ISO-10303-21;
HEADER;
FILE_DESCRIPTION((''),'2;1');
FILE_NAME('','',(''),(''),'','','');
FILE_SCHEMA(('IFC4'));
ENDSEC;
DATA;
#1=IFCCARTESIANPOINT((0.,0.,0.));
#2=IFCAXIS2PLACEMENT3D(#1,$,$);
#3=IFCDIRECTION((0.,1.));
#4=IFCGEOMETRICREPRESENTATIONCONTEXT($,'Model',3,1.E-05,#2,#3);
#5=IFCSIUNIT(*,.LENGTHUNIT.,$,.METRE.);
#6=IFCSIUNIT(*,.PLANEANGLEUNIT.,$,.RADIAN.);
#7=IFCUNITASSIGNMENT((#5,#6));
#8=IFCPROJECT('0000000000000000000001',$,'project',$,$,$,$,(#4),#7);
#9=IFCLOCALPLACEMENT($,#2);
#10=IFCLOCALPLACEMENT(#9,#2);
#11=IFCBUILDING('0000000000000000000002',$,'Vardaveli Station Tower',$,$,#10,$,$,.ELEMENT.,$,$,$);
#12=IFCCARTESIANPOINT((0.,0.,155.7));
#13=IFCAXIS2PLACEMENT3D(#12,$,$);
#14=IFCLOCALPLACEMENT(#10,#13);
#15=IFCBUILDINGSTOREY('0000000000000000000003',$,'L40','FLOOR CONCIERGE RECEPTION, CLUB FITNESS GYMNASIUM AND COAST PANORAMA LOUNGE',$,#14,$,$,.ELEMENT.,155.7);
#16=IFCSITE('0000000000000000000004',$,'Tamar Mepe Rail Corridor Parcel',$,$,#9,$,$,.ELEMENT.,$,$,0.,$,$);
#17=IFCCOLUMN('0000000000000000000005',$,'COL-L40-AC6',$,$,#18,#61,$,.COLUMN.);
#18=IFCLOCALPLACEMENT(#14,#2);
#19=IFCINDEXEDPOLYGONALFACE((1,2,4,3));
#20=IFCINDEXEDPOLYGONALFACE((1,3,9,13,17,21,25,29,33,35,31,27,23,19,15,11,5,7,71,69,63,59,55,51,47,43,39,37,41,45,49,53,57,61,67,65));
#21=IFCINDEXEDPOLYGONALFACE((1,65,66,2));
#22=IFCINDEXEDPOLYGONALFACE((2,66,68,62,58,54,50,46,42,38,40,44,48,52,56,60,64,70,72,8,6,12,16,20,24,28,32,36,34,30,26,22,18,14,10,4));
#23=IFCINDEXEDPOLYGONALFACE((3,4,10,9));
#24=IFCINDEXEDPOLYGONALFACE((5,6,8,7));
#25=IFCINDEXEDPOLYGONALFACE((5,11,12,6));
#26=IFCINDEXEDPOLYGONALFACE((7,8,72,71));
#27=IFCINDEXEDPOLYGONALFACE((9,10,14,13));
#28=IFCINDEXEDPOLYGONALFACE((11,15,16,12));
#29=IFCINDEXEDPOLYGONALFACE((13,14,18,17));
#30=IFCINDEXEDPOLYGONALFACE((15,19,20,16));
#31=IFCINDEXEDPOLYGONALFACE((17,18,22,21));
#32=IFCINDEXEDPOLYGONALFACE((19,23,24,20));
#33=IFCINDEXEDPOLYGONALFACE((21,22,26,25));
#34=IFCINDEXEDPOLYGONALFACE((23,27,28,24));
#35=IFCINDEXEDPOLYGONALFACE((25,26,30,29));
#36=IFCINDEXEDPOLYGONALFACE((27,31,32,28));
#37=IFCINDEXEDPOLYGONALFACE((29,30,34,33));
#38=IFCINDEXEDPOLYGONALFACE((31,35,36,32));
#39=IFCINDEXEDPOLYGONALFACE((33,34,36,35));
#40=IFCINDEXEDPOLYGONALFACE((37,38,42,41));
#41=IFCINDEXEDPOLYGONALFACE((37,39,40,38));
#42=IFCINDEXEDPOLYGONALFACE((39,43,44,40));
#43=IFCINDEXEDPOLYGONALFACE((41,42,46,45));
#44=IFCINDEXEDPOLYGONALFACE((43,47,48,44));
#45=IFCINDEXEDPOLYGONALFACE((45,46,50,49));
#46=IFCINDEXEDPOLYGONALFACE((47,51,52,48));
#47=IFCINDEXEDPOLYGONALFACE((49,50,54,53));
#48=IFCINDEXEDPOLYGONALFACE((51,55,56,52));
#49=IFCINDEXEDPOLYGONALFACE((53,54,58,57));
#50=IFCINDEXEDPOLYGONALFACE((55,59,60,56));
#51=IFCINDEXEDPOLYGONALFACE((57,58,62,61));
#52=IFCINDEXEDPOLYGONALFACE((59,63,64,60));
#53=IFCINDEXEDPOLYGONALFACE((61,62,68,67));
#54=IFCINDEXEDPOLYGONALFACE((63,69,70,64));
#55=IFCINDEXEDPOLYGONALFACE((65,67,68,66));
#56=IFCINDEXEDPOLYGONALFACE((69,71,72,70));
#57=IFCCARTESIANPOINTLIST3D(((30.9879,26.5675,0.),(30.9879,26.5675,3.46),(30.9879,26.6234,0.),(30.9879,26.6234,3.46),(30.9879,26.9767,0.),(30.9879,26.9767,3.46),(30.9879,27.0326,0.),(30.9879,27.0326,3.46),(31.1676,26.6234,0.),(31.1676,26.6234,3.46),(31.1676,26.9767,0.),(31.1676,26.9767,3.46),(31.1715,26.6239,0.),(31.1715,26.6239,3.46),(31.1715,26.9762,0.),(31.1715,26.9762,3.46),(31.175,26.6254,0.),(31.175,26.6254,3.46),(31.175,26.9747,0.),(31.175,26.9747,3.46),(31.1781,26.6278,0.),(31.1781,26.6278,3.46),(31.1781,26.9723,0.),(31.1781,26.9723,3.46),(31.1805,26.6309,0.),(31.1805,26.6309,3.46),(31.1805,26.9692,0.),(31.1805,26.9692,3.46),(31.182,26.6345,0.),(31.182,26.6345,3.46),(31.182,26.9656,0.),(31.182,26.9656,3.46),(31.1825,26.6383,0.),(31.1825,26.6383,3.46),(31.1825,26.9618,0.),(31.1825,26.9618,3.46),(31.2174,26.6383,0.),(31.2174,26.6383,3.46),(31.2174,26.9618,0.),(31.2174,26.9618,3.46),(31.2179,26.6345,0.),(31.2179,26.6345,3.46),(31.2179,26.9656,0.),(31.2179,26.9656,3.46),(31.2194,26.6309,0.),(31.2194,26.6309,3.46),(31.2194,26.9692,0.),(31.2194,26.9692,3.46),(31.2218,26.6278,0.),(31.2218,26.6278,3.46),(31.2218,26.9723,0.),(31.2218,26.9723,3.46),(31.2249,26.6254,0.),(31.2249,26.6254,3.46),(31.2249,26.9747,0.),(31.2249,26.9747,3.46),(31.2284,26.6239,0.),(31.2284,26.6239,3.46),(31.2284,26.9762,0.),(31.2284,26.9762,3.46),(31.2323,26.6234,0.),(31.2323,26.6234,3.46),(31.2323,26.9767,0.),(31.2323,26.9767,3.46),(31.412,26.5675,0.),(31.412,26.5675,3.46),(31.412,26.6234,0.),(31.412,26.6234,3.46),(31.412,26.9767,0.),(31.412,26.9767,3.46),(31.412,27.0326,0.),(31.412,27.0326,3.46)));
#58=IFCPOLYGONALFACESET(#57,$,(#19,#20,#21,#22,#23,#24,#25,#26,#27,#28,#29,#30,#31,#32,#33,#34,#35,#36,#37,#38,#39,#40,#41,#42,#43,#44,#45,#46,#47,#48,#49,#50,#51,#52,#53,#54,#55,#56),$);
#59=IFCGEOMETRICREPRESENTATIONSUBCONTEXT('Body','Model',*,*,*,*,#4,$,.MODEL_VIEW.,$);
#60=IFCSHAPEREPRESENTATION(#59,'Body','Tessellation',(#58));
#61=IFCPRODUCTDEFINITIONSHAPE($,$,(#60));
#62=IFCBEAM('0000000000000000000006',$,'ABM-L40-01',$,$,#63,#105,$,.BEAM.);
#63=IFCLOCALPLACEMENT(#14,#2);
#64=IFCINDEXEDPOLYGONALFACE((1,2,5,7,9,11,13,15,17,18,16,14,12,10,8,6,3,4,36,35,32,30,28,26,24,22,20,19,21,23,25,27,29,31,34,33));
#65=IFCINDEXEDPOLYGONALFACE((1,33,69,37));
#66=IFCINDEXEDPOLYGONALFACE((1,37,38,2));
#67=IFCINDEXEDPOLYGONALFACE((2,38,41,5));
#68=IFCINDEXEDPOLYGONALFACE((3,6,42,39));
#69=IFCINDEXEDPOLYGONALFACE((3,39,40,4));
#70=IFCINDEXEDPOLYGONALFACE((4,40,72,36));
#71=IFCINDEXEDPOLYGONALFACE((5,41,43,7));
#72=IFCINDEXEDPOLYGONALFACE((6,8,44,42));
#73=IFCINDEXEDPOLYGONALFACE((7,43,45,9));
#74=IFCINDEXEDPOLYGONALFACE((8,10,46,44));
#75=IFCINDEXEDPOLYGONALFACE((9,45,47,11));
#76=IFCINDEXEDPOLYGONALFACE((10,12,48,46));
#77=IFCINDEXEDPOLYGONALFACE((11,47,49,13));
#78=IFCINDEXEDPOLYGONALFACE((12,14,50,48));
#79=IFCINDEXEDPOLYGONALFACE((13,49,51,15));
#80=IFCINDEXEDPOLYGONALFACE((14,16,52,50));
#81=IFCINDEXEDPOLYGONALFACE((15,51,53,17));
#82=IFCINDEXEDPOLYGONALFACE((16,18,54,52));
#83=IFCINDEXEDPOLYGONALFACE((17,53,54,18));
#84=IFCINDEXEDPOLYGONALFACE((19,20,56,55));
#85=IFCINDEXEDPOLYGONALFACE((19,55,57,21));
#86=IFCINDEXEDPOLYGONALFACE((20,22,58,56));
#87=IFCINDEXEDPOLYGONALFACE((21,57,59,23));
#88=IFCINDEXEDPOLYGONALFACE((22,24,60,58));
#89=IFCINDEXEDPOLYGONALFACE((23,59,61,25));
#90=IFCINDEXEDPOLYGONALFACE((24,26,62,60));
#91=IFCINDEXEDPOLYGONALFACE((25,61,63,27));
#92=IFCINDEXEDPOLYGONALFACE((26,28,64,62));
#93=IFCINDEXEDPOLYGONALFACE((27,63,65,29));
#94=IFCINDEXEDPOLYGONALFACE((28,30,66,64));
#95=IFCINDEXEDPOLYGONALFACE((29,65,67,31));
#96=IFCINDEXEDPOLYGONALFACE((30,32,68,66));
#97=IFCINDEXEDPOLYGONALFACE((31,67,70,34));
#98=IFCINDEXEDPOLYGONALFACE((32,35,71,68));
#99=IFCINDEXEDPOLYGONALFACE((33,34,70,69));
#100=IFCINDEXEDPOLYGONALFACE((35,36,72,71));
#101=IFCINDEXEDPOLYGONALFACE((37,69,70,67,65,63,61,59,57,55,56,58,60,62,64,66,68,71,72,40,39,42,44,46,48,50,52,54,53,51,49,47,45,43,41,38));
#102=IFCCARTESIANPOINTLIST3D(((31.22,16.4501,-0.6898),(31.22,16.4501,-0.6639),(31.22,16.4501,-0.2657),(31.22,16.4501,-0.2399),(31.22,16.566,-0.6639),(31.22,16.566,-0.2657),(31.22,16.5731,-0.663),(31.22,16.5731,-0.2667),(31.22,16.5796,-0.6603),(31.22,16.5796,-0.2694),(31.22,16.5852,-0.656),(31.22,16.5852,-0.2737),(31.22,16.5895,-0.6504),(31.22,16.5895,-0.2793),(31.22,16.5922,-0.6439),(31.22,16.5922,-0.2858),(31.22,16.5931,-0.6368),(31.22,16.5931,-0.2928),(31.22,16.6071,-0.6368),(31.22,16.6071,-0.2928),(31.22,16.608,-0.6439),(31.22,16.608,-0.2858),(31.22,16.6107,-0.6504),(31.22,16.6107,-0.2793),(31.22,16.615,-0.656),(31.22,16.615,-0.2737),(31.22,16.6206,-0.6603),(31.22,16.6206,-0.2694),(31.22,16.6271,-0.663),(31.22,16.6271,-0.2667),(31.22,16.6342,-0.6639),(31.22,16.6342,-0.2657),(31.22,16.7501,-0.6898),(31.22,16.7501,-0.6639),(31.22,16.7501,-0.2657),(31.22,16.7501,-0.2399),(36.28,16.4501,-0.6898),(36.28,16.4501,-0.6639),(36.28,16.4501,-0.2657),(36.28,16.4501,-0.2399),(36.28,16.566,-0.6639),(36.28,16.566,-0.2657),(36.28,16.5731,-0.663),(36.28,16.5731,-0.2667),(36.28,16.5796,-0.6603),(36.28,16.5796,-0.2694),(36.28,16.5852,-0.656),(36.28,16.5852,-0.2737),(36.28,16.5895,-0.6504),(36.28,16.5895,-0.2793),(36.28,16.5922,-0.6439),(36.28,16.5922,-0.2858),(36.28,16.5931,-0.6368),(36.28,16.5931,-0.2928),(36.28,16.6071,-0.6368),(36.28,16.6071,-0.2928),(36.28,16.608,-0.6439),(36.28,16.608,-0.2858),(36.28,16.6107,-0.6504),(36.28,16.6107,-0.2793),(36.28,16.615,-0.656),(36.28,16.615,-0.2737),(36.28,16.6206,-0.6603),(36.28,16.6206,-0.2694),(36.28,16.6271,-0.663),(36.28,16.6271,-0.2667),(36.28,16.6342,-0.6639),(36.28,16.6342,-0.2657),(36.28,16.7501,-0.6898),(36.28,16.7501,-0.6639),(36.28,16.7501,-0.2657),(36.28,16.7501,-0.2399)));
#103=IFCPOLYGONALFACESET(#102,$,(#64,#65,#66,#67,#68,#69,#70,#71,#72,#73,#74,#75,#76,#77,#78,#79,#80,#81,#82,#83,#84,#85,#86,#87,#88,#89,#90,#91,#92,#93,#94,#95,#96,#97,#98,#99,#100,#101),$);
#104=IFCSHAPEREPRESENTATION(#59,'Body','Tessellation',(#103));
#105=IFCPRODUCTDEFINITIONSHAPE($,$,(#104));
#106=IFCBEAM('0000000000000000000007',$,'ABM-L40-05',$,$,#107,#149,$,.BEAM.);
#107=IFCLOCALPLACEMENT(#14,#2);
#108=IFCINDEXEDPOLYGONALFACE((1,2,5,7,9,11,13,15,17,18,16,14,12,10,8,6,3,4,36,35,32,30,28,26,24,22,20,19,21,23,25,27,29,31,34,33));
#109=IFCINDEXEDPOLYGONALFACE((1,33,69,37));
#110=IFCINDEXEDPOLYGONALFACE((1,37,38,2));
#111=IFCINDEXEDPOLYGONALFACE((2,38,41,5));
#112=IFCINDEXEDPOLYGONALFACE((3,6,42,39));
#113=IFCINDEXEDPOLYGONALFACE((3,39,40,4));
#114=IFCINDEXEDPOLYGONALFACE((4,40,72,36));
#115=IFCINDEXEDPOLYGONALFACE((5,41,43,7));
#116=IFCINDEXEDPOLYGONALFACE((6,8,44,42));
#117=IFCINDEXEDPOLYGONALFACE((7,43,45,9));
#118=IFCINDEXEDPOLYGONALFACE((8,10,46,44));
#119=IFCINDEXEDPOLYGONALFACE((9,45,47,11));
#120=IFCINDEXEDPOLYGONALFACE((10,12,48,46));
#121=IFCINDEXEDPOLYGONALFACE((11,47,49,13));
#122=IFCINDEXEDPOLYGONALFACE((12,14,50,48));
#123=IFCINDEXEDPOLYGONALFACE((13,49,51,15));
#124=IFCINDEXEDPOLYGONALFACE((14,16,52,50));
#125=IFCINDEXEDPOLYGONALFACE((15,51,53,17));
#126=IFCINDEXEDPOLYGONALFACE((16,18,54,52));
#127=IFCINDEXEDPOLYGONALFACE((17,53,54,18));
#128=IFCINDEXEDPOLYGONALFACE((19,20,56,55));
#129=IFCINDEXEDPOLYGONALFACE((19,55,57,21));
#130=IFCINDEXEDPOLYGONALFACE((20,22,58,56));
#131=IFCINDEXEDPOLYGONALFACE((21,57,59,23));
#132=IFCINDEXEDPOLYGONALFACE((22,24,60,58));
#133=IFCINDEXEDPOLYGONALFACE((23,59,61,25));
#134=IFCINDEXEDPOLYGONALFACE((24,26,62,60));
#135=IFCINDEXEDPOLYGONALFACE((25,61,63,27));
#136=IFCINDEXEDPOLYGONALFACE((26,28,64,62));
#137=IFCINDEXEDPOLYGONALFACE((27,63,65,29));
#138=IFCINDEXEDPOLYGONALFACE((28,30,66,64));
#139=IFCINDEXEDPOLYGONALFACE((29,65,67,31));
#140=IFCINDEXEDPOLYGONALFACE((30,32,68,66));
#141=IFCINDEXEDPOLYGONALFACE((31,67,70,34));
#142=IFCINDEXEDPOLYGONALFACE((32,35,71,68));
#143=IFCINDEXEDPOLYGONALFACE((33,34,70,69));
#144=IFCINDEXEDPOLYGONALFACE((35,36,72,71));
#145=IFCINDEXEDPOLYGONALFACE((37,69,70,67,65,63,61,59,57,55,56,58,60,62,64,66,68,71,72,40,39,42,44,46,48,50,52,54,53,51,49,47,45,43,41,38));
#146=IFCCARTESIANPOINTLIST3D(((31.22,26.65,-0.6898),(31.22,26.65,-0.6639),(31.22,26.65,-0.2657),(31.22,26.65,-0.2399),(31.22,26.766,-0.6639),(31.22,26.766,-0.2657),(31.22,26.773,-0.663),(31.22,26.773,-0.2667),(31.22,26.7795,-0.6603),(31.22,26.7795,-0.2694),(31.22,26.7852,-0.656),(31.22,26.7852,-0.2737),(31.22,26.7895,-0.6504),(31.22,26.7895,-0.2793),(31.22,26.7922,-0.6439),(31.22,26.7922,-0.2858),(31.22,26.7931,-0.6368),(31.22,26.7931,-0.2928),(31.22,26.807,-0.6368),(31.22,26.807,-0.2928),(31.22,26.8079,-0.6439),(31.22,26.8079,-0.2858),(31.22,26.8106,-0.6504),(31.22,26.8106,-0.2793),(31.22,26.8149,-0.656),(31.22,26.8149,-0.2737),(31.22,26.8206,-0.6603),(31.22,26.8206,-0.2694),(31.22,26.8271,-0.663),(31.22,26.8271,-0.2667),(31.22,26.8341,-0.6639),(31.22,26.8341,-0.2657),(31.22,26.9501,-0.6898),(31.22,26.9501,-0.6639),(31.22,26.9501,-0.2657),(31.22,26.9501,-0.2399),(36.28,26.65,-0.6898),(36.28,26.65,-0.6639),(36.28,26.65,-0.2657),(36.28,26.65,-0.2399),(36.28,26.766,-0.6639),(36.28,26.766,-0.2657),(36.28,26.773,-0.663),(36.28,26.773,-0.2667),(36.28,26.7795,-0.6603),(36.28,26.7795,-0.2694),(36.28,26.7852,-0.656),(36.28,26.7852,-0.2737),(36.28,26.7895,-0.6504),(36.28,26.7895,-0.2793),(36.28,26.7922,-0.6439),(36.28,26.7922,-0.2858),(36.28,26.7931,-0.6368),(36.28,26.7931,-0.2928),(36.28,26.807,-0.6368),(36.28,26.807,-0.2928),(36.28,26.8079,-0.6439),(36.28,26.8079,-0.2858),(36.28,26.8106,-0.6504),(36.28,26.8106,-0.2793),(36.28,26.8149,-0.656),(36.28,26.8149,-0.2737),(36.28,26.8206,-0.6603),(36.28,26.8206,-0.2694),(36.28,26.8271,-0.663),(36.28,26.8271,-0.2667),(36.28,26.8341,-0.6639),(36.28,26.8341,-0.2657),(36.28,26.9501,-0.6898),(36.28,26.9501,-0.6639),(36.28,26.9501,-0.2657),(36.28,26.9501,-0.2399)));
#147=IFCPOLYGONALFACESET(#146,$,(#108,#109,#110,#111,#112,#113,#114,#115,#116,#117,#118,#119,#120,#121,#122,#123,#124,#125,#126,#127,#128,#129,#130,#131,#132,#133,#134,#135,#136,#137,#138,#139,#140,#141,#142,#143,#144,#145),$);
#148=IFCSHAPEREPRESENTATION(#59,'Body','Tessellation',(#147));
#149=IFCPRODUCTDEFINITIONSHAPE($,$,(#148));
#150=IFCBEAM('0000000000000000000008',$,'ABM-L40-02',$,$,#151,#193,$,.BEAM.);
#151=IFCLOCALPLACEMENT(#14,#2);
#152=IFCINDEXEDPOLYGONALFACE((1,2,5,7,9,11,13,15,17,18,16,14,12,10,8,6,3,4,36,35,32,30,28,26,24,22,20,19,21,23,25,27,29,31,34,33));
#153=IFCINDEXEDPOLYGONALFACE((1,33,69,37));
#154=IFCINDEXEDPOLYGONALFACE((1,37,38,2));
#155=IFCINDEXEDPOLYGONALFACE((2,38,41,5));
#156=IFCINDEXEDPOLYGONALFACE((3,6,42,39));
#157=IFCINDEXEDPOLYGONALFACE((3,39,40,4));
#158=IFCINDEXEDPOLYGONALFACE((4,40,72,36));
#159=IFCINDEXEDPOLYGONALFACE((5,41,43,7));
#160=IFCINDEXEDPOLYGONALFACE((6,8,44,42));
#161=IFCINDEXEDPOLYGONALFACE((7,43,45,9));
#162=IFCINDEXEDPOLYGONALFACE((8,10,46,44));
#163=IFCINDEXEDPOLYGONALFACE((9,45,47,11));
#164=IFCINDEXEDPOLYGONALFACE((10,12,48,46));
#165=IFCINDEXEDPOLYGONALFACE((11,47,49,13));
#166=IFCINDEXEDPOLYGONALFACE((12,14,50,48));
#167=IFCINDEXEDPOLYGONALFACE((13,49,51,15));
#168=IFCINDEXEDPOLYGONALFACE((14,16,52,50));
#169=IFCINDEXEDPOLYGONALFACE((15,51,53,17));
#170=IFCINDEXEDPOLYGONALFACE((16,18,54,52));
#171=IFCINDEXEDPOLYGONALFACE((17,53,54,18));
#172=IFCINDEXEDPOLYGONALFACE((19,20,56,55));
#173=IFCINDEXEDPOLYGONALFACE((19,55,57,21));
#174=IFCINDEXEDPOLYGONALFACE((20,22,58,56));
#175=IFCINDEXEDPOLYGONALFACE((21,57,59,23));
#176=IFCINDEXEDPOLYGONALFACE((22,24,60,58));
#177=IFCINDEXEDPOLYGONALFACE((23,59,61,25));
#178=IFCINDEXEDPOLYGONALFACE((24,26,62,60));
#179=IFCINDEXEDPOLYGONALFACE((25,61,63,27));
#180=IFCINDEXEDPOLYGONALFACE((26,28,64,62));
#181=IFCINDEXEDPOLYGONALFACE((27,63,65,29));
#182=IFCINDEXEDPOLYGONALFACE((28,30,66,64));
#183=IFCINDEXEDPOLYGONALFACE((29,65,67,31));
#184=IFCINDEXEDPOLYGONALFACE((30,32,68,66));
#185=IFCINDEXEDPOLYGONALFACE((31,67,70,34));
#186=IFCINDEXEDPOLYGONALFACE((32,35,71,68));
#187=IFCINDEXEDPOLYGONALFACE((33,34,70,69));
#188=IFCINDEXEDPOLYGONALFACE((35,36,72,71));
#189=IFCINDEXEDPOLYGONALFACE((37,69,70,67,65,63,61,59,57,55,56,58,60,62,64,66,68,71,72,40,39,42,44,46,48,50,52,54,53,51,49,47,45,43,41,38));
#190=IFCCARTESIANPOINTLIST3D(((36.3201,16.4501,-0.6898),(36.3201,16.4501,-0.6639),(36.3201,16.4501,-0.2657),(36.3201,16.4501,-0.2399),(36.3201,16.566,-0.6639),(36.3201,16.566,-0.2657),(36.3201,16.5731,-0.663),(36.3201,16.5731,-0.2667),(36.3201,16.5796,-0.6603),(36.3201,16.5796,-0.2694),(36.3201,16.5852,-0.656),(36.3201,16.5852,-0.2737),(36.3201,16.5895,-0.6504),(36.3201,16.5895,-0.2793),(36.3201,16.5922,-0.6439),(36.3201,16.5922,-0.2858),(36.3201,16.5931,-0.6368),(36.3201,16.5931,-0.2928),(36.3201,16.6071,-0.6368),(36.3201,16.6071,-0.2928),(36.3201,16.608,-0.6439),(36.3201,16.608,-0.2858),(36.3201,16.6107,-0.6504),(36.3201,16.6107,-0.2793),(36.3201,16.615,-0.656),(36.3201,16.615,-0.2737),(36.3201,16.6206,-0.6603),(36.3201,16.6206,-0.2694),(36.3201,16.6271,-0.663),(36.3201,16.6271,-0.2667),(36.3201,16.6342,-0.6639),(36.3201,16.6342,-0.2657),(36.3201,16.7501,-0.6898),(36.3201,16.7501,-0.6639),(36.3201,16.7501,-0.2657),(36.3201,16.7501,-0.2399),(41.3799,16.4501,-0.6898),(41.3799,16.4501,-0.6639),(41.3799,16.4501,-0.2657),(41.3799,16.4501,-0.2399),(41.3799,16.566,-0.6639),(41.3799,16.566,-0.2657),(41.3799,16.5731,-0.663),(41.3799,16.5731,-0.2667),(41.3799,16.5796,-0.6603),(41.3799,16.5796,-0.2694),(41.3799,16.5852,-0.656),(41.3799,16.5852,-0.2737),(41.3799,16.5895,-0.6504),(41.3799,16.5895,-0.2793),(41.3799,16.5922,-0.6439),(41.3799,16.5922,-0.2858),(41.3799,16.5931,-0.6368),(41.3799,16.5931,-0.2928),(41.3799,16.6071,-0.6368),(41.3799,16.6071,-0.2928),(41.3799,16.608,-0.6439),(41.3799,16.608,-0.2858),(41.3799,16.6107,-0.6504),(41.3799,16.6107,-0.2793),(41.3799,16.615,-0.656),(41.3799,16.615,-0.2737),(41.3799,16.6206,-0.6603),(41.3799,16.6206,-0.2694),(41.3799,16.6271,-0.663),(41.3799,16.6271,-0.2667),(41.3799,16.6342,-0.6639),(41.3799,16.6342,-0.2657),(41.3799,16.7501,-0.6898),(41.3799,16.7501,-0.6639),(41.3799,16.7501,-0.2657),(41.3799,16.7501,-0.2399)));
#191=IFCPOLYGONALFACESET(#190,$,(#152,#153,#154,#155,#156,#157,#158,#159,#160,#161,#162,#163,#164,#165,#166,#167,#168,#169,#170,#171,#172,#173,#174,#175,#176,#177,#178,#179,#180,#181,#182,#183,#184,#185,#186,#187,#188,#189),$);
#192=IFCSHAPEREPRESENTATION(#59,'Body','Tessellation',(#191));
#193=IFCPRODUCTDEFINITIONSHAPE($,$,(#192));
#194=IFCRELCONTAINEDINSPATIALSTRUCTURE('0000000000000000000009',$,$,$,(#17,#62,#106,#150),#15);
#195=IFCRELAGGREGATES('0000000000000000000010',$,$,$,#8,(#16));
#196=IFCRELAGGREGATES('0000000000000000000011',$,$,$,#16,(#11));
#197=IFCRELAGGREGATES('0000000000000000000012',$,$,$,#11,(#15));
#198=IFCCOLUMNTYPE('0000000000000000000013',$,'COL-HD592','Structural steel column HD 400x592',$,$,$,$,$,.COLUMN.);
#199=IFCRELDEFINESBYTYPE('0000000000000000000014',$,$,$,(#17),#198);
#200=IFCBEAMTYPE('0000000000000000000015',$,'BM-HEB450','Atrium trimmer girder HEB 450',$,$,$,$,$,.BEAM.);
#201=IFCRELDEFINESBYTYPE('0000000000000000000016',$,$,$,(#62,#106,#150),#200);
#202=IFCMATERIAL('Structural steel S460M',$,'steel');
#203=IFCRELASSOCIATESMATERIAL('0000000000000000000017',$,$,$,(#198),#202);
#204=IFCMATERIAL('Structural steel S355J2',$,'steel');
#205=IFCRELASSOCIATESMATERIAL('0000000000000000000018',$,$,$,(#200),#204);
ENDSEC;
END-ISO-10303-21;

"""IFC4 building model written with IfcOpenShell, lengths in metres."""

from ifc_helpers import new_model, si_unit, direction, frame, origin, origin_2d, place, context, subcontext, project, spatial, i_section, extrude, source, transform, mapped, material, material_profile, profile_set, type_object, element, save


model = new_model("IFC4")

# Units and contexts
model_context = context("Model", 3, precision=1e-05, world=origin(), true_north=direction((0.0, 1.0)))
body_context = subcontext(model_context, "Body", "Model", "MODEL_VIEW")
ifc_project = project(units=[si_unit("LENGTHUNIT", "METRE"), si_unit("PLANEANGLEUNIT", "RADIAN")], contexts=[model_context])

# Site, building, storey
site_placement = place(None, origin())
site = spatial("IfcSite", under=ifc_project, at=site_placement, Name="Tamar Mepe Rail Corridor Parcel", CompositionType="ELEMENT", RefElevation=0.0)
building_placement = place(site_placement, origin())
building = spatial("IfcBuilding", under=site, at=building_placement, Name="Vardaveli Station Tower", CompositionType="ELEMENT")
storey_placement = place(building_placement, frame((0.0, 0.0, 155.7)))
storey = spatial("IfcBuildingStorey", under=building, at=storey_placement, Name="L40", Description="FLOOR CONCIERGE RECEPTION, CLUB FITNESS GYMNASIUM AND COAST PANORAMA LOUNGE", CompositionType="ELEMENT", Elevation=155.7)

# Column
ifc_material_1 = material(Name="Structural steel S460M", Category="steel")
ifc_material_profile_1 = material_profile(ifc_material_1, i_section(OverallWidth=0.4241, OverallDepth=0.4651, WebThickness=0.0349, FlangeThickness=0.0559, FilletRadius=0.0149, at=origin_2d()), Name="HD 400x592")
ifc_profile_set_1 = profile_set([ifc_material_profile_1], Name="Structural steel S460M")
column_type = type_object("IfcColumnType", Name="COL-HD592", Description="Structural steel column HD 400x592", PredefinedType="COLUMN", material=ifc_profile_set_1)
shared_shape_1 = source(origin(), body_context, "Body", "SweptSolid", [
    extrude(i_section(OverallWidth=0.4241, OverallDepth=0.4651, WebThickness=0.0349, FlangeThickness=0.0559, FilletRadius=0.0149, at=origin_2d()), origin(), (0.0, 0.0, 1.0), 3.46),
])
for number, where, z_axis, x_axis, name in (
    (1, (31.2, 26.8, 0.0), (0.0, 0.0, 1.0), (1.0, 0.0, 0.0), "COL-L40-AC6"),
):
    element("IfcColumn", number, at=place(storey_placement, frame(where, z_axis=z_axis, x_axis=x_axis)), inside=storey, type_object=column_type, Name=name, PredefinedType="COLUMN", context=body_context, shape_type="MappedRepresentation", body=[
        mapped(shared_shape_1, transform((0.0, 0.0, 0.0), scale=1.0)),
    ])

# Beams
ifc_material_2 = material(Name="Structural steel S355J2", Category="steel")
ifc_material_profile_2 = material_profile(ifc_material_2, i_section(OverallWidth=0.3, OverallDepth=0.45, WebThickness=0.0139, FlangeThickness=0.0259, FilletRadius=0.0271, at=origin_2d()), Name="HEB 450")
ifc_profile_set_2 = profile_set([ifc_material_profile_2], Name="Structural steel S355J2")
beam_type_1 = type_object("IfcBeamType", Name="BM-HEB450", Description="Atrium trimmer girder HEB 450", PredefinedType="BEAM", material=ifc_profile_set_2)
shared_shape_2 = source(origin(), body_context, "Body", "SweptSolid", [
    extrude(i_section(OverallWidth=0.3, OverallDepth=0.45, WebThickness=0.0139, FlangeThickness=0.0259, FilletRadius=0.0271, at=origin_2d()), origin(), (0.0, 0.0, 1.0), 5.0601),
])
for number, where, z_axis, x_axis, name in (
    (2, (31.22, 16.6001, -0.4648), (1.0, 0.0, 0.0), (0.0, 1.0, 0.0), "ABM-L40-01"),
    (3, (36.28, 26.8, -0.4648), (-1.0, 0.0, 0.0), (0.0, -1.0, 0.0), "ABM-L40-05"),
):
    element("IfcBeam", number, at=place(storey_placement, frame(where, z_axis=z_axis, x_axis=x_axis)), inside=storey, type_object=beam_type_1, Name=name, PredefinedType="BEAM", context=body_context, shape_type="MappedRepresentation", body=[
        mapped(shared_shape_2, transform((0.0, 0.0, 0.0), scale=1.0)),
    ])
shared_shape_3 = source(origin(), body_context, "Body", "SweptSolid", [
    extrude(i_section(OverallWidth=0.3, OverallDepth=0.45, WebThickness=0.0139, FlangeThickness=0.0259, FilletRadius=0.0271, at=origin_2d()), origin(), (0.0, 0.0, 1.0), 5.0598),
])
for number, where, z_axis, x_axis, name in (
    (4, (36.3201, 16.6001, -0.4648), (1.0, 0.0, 0.0), (0.0, 1.0, 0.0), "ABM-L40-02"),
):
    element("IfcBeam", number, at=place(storey_placement, frame(where, z_axis=z_axis, x_axis=x_axis)), inside=storey, type_object=beam_type_1, Name=name, PredefinedType="BEAM", context=body_context, shape_type="MappedRepresentation", body=[
        mapped(shared_shape_3, transform((0.0, 0.0, 0.0), scale=1.0)),
    ])

save(model, "model.ifc")
